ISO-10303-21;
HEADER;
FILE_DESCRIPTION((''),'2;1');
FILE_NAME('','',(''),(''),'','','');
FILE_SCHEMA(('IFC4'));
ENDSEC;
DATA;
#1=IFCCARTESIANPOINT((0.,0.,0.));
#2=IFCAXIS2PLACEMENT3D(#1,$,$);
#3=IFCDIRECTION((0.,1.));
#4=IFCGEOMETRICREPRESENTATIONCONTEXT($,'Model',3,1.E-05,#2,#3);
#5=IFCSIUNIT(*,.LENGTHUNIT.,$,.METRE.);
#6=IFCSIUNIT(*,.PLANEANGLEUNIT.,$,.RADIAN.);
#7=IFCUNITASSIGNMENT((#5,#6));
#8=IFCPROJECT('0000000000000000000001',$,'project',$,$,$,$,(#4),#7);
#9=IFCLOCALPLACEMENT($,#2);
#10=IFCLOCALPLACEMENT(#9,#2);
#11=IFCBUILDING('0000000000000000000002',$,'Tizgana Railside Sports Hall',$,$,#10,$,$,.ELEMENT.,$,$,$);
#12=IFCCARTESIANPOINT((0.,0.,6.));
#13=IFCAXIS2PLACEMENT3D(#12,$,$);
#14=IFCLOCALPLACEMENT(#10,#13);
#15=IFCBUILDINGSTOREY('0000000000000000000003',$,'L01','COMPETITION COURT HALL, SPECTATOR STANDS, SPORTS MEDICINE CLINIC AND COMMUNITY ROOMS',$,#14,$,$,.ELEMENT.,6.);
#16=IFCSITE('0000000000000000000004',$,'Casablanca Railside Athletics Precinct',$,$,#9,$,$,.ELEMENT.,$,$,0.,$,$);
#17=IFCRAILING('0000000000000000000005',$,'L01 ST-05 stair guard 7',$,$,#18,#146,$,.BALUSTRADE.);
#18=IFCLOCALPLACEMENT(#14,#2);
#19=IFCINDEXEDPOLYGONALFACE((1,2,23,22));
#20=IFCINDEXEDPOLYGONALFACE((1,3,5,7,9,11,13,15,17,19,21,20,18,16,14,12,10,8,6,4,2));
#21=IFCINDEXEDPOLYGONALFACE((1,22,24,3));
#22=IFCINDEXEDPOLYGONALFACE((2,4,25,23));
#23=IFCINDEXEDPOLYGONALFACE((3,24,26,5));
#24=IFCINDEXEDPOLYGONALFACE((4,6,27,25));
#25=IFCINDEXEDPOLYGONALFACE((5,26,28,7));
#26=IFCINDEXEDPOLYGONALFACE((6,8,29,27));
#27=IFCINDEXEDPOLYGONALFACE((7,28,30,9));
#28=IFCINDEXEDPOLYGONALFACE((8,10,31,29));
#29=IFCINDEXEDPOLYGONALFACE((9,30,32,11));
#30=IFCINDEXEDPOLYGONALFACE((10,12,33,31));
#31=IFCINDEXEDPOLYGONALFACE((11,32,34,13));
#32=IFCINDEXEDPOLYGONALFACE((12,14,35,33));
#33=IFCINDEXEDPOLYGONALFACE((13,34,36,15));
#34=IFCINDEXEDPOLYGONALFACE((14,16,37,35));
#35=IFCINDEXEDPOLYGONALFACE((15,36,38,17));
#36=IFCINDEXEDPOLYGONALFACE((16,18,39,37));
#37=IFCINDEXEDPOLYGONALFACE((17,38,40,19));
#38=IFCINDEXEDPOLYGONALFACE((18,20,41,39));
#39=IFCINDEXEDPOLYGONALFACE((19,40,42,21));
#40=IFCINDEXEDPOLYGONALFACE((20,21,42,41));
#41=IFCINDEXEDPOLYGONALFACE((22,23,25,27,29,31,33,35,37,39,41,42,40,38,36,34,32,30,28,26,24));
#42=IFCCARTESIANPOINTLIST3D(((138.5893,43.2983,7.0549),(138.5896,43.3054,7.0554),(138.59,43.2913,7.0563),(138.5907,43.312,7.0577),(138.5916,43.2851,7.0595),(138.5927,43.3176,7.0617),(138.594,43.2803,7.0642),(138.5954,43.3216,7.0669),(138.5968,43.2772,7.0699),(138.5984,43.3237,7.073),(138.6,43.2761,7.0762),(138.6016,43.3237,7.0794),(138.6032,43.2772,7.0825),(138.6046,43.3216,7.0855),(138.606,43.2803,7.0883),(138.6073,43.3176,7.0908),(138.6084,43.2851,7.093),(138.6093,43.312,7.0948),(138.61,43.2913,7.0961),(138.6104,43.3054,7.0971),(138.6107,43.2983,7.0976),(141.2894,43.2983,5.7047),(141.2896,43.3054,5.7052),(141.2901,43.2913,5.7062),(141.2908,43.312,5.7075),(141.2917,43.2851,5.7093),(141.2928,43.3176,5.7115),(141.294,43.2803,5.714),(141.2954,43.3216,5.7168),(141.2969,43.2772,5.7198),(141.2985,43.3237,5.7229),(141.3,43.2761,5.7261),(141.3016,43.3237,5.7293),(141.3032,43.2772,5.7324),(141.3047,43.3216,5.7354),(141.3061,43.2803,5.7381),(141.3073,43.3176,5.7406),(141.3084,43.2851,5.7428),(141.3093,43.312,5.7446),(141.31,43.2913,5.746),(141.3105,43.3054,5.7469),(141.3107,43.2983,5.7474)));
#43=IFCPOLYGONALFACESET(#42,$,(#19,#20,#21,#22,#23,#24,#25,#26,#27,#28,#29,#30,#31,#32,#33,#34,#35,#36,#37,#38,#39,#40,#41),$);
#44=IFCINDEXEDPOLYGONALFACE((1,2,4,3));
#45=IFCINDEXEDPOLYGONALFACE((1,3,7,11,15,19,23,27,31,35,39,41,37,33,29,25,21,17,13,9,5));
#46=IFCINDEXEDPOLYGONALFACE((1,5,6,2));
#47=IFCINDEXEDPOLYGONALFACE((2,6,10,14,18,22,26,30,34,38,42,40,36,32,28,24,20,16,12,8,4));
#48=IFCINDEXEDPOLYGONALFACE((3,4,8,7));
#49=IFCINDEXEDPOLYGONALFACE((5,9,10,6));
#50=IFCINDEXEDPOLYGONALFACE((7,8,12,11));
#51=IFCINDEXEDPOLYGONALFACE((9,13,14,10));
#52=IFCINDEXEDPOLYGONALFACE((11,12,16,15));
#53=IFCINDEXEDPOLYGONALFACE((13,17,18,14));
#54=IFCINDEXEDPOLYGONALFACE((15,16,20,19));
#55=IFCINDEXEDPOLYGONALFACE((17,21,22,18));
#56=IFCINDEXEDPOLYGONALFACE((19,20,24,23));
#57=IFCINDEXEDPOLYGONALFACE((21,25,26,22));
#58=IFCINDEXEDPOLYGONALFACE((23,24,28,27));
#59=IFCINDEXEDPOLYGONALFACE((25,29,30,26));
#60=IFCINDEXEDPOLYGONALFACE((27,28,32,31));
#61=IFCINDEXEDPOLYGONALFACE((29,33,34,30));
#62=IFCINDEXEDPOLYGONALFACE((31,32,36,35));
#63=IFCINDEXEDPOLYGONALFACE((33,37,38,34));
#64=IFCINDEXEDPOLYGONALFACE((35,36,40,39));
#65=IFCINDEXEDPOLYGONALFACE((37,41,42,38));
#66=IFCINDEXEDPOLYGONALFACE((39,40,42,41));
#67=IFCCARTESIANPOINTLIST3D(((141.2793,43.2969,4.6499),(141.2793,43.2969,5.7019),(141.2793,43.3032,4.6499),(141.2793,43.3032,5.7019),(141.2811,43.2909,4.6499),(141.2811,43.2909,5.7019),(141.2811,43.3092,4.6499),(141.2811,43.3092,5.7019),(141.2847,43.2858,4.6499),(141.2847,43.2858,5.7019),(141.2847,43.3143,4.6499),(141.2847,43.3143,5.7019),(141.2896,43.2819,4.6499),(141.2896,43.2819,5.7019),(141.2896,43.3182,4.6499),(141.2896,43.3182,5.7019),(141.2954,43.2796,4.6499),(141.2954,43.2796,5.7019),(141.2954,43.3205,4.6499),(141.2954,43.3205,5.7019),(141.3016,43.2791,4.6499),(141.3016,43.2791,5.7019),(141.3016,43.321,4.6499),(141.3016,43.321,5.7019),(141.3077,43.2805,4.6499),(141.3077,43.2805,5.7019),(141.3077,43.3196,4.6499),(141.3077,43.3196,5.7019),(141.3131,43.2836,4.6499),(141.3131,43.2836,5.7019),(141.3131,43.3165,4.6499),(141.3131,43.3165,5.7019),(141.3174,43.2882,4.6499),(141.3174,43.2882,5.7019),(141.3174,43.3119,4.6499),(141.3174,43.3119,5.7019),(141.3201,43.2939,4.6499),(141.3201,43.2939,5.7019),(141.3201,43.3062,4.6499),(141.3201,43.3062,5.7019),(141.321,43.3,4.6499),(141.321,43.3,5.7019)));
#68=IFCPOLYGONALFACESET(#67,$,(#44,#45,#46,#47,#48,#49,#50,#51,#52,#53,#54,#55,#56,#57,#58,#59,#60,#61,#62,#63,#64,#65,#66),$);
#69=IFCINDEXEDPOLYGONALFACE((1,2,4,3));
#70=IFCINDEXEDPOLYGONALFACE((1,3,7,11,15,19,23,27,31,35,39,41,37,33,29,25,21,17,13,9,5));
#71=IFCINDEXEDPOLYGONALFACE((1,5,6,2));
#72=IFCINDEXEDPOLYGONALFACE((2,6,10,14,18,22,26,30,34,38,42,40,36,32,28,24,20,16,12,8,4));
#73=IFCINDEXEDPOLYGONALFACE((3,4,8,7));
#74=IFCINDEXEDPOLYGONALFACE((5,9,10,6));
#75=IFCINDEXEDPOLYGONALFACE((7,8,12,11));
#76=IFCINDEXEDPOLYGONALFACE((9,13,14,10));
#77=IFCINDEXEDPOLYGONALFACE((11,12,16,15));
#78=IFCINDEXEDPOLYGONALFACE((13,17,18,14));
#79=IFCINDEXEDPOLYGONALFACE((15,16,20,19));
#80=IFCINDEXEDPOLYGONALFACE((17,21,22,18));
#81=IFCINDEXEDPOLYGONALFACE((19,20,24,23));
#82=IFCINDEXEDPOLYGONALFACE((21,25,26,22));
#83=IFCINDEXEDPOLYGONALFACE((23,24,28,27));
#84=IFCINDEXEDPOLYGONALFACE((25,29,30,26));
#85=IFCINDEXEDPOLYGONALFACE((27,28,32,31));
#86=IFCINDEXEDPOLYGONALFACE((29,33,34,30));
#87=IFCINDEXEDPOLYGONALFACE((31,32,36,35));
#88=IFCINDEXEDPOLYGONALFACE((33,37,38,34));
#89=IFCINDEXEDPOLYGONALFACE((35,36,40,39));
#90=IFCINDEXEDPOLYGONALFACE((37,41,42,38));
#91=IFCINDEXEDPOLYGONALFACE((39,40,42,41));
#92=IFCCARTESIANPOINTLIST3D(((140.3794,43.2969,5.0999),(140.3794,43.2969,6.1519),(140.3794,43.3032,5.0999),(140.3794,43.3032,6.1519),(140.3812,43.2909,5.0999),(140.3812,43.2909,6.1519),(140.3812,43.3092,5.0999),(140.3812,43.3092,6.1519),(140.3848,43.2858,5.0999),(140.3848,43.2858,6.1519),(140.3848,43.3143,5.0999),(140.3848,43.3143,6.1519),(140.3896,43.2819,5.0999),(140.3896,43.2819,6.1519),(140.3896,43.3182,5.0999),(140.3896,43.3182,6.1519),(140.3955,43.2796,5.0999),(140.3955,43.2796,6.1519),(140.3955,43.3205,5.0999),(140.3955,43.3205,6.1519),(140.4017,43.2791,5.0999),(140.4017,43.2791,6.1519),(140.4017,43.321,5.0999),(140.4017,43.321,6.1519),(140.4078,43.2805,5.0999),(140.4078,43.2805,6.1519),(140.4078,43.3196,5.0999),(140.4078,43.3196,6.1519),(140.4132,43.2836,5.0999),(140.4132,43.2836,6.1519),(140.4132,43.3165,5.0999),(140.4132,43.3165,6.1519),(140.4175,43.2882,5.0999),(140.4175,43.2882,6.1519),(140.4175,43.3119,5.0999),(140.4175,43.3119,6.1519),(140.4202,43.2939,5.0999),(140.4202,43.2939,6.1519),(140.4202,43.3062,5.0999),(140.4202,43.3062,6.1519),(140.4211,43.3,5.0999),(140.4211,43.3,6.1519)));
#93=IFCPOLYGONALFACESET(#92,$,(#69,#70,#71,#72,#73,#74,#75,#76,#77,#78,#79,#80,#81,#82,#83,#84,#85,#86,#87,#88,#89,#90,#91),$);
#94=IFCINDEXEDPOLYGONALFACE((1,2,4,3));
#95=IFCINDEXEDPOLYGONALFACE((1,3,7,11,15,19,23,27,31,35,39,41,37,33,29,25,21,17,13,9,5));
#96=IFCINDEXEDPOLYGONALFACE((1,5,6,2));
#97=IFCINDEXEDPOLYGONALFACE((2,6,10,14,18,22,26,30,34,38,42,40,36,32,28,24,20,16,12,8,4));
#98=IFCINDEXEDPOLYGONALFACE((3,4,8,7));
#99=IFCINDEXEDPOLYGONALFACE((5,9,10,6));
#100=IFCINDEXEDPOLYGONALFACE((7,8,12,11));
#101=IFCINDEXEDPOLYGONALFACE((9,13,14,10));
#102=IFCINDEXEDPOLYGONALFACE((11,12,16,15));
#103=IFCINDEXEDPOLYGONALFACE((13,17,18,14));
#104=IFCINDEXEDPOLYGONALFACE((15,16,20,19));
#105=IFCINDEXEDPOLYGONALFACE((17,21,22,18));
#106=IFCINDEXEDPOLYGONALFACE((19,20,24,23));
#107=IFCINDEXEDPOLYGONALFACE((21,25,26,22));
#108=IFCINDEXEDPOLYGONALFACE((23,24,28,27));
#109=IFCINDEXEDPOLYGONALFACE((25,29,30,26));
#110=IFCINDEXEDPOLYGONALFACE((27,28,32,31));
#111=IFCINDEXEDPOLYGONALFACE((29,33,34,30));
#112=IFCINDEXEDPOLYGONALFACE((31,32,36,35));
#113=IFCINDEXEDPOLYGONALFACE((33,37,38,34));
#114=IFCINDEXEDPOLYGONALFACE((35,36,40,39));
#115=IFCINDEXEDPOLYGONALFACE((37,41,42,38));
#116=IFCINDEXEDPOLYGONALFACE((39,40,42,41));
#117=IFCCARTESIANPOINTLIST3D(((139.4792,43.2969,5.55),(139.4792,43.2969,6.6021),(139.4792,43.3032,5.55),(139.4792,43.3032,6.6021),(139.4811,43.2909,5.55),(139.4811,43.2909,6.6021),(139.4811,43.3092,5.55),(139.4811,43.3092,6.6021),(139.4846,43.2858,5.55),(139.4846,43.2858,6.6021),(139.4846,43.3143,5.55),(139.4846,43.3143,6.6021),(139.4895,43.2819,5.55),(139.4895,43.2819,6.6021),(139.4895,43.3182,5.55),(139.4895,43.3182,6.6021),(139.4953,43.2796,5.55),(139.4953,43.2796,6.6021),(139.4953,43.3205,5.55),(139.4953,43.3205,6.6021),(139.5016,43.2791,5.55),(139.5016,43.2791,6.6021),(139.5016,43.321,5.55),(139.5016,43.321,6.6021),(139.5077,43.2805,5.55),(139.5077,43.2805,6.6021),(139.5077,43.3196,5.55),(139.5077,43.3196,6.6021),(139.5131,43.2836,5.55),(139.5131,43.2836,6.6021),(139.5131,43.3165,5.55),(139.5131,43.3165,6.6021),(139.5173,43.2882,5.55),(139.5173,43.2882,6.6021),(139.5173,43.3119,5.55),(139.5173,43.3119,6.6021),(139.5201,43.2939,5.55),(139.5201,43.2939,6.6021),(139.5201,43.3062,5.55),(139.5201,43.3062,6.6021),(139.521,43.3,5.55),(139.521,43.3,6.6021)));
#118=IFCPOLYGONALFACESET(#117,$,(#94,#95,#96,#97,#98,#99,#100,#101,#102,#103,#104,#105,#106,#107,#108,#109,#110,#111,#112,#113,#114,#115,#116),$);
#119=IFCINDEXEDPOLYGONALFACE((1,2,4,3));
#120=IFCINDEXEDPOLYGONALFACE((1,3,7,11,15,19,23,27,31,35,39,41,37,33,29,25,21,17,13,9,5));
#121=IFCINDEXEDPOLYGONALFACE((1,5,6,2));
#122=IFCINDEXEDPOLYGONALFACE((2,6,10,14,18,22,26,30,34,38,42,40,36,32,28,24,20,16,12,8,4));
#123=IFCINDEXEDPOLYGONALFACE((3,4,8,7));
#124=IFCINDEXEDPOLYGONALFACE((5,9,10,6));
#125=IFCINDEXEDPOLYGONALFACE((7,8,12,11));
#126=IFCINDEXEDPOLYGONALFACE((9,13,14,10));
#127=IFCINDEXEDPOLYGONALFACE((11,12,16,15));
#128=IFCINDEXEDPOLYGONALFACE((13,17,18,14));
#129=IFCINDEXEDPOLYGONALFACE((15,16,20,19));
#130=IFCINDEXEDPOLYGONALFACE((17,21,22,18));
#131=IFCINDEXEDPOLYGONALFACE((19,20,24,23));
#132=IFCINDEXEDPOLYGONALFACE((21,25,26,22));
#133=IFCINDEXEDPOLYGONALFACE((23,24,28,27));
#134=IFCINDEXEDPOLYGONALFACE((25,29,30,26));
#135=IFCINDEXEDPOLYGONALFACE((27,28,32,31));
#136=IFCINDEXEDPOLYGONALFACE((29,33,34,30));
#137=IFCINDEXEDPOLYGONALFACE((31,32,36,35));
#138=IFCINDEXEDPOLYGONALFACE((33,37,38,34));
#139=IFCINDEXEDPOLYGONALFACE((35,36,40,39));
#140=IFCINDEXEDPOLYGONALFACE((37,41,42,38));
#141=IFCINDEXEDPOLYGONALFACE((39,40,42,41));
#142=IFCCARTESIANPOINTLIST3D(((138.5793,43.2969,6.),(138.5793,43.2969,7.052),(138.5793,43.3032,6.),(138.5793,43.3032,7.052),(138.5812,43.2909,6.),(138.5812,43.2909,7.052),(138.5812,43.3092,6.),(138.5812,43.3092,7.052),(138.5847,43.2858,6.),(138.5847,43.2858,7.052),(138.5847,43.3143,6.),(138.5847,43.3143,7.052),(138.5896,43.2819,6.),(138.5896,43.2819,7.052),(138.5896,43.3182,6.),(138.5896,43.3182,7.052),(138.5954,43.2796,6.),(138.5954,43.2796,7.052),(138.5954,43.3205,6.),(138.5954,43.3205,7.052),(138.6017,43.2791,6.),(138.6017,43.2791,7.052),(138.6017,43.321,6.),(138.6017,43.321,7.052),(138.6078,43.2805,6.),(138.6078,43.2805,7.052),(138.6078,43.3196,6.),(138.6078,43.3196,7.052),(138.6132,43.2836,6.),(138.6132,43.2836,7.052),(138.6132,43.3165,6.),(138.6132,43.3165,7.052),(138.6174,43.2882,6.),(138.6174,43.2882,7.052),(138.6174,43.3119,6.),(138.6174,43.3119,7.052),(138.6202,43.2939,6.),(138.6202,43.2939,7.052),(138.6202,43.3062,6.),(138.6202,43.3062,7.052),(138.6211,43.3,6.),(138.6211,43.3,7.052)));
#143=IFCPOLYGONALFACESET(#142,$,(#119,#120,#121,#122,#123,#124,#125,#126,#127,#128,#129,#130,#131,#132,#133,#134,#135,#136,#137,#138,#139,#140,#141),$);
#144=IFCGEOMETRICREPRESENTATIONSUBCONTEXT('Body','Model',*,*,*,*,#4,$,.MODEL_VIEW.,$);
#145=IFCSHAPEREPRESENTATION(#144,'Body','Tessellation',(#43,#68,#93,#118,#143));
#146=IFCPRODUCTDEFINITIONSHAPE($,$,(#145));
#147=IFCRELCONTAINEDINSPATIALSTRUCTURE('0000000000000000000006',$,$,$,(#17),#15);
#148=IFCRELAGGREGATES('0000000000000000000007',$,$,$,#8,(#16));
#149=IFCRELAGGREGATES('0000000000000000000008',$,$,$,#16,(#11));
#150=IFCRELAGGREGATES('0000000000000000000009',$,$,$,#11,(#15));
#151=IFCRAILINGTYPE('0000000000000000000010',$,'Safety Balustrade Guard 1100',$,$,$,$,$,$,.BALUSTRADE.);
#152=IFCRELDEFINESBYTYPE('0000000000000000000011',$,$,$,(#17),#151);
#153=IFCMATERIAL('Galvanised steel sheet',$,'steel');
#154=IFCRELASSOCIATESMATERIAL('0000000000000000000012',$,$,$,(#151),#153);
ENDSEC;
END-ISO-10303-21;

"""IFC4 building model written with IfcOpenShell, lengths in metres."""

from ifc_helpers import new_model, si_unit, direction, frame, origin, origin_2d, place, context, subcontext, project, spatial, circle, extrude, material, type_object, element, save


model = new_model("IFC4")

# Units and contexts
model_context = context("Model", 3, precision=1e-05, world=origin(), true_north=direction((0.0, 1.0)))
body_context = subcontext(model_context, "Body", "Model", "MODEL_VIEW")
ifc_project = project(units=[si_unit("LENGTHUNIT", "METRE"), si_unit("PLANEANGLEUNIT", "RADIAN")], contexts=[model_context])

# Site, building, storey
site_placement = place(None, origin())
site = spatial("IfcSite", under=ifc_project, at=site_placement, Name="Casablanca Railside Athletics Precinct", CompositionType="ELEMENT", RefElevation=0.0)
building_placement = place(site_placement, origin())
building = spatial("IfcBuilding", under=site, at=building_placement, Name="Tizgana Railside Sports Hall", CompositionType="ELEMENT")
storey_placement = place(building_placement, frame((0.0, 0.0, 6.0)))
storey = spatial("IfcBuildingStorey", under=building, at=storey_placement, Name="L01", Description="COMPETITION COURT HALL, SPECTATOR STANDS, SPORTS MEDICINE CLINIC AND COMMUNITY ROOMS", CompositionType="ELEMENT", Elevation=6.0)

# Railing
ifc_material_1 = material(Name="Galvanised steel sheet", Category="steel")
railing_type_1 = type_object("IfcRailingType", Name="Safety Balustrade Guard 1100", PredefinedType="BALUSTRADE", material=ifc_material_1)
railing_1_placement = place(storey_placement, frame((141.3, 43.3, 4.6499)))
element("IfcRailing", 1, at=railing_1_placement, inside=storey, type_object=railing_type_1, Name="L01 ST-05 stair guard 7", PredefinedType="BALUSTRADE", context=body_context, shape_type="SweptSolid", body=[
    extrude(circle(Radius=0.0239, at=origin_2d()), frame((0.0, 0.0, 1.0762), z_axis=(-0.894411, 0.0, 0.447246), x_axis=(0.0, -1.0, 0.0)), (0.0, 0.0, 1.0), 3.0188),
    extrude(circle(Radius=0.021, at=origin_2d()), origin(), (0.0, 0.0, 1.0), 1.052),
    extrude(circle(Radius=0.021, at=origin_2d()), frame((-0.8999, 0.0, 0.45)), (0.0, 0.0, 1.0), 1.052),
    extrude(circle(Radius=0.021, at=origin_2d()), frame((-1.8, 0.0, 0.9001)), (0.0, 0.0, 1.0), 1.052),
    extrude(circle(Radius=0.021, at=origin_2d()), frame((-2.7, 0.0, 1.3501)), (0.0, 0.0, 1.0), 1.052),
])

save(model, "model.ifc")
